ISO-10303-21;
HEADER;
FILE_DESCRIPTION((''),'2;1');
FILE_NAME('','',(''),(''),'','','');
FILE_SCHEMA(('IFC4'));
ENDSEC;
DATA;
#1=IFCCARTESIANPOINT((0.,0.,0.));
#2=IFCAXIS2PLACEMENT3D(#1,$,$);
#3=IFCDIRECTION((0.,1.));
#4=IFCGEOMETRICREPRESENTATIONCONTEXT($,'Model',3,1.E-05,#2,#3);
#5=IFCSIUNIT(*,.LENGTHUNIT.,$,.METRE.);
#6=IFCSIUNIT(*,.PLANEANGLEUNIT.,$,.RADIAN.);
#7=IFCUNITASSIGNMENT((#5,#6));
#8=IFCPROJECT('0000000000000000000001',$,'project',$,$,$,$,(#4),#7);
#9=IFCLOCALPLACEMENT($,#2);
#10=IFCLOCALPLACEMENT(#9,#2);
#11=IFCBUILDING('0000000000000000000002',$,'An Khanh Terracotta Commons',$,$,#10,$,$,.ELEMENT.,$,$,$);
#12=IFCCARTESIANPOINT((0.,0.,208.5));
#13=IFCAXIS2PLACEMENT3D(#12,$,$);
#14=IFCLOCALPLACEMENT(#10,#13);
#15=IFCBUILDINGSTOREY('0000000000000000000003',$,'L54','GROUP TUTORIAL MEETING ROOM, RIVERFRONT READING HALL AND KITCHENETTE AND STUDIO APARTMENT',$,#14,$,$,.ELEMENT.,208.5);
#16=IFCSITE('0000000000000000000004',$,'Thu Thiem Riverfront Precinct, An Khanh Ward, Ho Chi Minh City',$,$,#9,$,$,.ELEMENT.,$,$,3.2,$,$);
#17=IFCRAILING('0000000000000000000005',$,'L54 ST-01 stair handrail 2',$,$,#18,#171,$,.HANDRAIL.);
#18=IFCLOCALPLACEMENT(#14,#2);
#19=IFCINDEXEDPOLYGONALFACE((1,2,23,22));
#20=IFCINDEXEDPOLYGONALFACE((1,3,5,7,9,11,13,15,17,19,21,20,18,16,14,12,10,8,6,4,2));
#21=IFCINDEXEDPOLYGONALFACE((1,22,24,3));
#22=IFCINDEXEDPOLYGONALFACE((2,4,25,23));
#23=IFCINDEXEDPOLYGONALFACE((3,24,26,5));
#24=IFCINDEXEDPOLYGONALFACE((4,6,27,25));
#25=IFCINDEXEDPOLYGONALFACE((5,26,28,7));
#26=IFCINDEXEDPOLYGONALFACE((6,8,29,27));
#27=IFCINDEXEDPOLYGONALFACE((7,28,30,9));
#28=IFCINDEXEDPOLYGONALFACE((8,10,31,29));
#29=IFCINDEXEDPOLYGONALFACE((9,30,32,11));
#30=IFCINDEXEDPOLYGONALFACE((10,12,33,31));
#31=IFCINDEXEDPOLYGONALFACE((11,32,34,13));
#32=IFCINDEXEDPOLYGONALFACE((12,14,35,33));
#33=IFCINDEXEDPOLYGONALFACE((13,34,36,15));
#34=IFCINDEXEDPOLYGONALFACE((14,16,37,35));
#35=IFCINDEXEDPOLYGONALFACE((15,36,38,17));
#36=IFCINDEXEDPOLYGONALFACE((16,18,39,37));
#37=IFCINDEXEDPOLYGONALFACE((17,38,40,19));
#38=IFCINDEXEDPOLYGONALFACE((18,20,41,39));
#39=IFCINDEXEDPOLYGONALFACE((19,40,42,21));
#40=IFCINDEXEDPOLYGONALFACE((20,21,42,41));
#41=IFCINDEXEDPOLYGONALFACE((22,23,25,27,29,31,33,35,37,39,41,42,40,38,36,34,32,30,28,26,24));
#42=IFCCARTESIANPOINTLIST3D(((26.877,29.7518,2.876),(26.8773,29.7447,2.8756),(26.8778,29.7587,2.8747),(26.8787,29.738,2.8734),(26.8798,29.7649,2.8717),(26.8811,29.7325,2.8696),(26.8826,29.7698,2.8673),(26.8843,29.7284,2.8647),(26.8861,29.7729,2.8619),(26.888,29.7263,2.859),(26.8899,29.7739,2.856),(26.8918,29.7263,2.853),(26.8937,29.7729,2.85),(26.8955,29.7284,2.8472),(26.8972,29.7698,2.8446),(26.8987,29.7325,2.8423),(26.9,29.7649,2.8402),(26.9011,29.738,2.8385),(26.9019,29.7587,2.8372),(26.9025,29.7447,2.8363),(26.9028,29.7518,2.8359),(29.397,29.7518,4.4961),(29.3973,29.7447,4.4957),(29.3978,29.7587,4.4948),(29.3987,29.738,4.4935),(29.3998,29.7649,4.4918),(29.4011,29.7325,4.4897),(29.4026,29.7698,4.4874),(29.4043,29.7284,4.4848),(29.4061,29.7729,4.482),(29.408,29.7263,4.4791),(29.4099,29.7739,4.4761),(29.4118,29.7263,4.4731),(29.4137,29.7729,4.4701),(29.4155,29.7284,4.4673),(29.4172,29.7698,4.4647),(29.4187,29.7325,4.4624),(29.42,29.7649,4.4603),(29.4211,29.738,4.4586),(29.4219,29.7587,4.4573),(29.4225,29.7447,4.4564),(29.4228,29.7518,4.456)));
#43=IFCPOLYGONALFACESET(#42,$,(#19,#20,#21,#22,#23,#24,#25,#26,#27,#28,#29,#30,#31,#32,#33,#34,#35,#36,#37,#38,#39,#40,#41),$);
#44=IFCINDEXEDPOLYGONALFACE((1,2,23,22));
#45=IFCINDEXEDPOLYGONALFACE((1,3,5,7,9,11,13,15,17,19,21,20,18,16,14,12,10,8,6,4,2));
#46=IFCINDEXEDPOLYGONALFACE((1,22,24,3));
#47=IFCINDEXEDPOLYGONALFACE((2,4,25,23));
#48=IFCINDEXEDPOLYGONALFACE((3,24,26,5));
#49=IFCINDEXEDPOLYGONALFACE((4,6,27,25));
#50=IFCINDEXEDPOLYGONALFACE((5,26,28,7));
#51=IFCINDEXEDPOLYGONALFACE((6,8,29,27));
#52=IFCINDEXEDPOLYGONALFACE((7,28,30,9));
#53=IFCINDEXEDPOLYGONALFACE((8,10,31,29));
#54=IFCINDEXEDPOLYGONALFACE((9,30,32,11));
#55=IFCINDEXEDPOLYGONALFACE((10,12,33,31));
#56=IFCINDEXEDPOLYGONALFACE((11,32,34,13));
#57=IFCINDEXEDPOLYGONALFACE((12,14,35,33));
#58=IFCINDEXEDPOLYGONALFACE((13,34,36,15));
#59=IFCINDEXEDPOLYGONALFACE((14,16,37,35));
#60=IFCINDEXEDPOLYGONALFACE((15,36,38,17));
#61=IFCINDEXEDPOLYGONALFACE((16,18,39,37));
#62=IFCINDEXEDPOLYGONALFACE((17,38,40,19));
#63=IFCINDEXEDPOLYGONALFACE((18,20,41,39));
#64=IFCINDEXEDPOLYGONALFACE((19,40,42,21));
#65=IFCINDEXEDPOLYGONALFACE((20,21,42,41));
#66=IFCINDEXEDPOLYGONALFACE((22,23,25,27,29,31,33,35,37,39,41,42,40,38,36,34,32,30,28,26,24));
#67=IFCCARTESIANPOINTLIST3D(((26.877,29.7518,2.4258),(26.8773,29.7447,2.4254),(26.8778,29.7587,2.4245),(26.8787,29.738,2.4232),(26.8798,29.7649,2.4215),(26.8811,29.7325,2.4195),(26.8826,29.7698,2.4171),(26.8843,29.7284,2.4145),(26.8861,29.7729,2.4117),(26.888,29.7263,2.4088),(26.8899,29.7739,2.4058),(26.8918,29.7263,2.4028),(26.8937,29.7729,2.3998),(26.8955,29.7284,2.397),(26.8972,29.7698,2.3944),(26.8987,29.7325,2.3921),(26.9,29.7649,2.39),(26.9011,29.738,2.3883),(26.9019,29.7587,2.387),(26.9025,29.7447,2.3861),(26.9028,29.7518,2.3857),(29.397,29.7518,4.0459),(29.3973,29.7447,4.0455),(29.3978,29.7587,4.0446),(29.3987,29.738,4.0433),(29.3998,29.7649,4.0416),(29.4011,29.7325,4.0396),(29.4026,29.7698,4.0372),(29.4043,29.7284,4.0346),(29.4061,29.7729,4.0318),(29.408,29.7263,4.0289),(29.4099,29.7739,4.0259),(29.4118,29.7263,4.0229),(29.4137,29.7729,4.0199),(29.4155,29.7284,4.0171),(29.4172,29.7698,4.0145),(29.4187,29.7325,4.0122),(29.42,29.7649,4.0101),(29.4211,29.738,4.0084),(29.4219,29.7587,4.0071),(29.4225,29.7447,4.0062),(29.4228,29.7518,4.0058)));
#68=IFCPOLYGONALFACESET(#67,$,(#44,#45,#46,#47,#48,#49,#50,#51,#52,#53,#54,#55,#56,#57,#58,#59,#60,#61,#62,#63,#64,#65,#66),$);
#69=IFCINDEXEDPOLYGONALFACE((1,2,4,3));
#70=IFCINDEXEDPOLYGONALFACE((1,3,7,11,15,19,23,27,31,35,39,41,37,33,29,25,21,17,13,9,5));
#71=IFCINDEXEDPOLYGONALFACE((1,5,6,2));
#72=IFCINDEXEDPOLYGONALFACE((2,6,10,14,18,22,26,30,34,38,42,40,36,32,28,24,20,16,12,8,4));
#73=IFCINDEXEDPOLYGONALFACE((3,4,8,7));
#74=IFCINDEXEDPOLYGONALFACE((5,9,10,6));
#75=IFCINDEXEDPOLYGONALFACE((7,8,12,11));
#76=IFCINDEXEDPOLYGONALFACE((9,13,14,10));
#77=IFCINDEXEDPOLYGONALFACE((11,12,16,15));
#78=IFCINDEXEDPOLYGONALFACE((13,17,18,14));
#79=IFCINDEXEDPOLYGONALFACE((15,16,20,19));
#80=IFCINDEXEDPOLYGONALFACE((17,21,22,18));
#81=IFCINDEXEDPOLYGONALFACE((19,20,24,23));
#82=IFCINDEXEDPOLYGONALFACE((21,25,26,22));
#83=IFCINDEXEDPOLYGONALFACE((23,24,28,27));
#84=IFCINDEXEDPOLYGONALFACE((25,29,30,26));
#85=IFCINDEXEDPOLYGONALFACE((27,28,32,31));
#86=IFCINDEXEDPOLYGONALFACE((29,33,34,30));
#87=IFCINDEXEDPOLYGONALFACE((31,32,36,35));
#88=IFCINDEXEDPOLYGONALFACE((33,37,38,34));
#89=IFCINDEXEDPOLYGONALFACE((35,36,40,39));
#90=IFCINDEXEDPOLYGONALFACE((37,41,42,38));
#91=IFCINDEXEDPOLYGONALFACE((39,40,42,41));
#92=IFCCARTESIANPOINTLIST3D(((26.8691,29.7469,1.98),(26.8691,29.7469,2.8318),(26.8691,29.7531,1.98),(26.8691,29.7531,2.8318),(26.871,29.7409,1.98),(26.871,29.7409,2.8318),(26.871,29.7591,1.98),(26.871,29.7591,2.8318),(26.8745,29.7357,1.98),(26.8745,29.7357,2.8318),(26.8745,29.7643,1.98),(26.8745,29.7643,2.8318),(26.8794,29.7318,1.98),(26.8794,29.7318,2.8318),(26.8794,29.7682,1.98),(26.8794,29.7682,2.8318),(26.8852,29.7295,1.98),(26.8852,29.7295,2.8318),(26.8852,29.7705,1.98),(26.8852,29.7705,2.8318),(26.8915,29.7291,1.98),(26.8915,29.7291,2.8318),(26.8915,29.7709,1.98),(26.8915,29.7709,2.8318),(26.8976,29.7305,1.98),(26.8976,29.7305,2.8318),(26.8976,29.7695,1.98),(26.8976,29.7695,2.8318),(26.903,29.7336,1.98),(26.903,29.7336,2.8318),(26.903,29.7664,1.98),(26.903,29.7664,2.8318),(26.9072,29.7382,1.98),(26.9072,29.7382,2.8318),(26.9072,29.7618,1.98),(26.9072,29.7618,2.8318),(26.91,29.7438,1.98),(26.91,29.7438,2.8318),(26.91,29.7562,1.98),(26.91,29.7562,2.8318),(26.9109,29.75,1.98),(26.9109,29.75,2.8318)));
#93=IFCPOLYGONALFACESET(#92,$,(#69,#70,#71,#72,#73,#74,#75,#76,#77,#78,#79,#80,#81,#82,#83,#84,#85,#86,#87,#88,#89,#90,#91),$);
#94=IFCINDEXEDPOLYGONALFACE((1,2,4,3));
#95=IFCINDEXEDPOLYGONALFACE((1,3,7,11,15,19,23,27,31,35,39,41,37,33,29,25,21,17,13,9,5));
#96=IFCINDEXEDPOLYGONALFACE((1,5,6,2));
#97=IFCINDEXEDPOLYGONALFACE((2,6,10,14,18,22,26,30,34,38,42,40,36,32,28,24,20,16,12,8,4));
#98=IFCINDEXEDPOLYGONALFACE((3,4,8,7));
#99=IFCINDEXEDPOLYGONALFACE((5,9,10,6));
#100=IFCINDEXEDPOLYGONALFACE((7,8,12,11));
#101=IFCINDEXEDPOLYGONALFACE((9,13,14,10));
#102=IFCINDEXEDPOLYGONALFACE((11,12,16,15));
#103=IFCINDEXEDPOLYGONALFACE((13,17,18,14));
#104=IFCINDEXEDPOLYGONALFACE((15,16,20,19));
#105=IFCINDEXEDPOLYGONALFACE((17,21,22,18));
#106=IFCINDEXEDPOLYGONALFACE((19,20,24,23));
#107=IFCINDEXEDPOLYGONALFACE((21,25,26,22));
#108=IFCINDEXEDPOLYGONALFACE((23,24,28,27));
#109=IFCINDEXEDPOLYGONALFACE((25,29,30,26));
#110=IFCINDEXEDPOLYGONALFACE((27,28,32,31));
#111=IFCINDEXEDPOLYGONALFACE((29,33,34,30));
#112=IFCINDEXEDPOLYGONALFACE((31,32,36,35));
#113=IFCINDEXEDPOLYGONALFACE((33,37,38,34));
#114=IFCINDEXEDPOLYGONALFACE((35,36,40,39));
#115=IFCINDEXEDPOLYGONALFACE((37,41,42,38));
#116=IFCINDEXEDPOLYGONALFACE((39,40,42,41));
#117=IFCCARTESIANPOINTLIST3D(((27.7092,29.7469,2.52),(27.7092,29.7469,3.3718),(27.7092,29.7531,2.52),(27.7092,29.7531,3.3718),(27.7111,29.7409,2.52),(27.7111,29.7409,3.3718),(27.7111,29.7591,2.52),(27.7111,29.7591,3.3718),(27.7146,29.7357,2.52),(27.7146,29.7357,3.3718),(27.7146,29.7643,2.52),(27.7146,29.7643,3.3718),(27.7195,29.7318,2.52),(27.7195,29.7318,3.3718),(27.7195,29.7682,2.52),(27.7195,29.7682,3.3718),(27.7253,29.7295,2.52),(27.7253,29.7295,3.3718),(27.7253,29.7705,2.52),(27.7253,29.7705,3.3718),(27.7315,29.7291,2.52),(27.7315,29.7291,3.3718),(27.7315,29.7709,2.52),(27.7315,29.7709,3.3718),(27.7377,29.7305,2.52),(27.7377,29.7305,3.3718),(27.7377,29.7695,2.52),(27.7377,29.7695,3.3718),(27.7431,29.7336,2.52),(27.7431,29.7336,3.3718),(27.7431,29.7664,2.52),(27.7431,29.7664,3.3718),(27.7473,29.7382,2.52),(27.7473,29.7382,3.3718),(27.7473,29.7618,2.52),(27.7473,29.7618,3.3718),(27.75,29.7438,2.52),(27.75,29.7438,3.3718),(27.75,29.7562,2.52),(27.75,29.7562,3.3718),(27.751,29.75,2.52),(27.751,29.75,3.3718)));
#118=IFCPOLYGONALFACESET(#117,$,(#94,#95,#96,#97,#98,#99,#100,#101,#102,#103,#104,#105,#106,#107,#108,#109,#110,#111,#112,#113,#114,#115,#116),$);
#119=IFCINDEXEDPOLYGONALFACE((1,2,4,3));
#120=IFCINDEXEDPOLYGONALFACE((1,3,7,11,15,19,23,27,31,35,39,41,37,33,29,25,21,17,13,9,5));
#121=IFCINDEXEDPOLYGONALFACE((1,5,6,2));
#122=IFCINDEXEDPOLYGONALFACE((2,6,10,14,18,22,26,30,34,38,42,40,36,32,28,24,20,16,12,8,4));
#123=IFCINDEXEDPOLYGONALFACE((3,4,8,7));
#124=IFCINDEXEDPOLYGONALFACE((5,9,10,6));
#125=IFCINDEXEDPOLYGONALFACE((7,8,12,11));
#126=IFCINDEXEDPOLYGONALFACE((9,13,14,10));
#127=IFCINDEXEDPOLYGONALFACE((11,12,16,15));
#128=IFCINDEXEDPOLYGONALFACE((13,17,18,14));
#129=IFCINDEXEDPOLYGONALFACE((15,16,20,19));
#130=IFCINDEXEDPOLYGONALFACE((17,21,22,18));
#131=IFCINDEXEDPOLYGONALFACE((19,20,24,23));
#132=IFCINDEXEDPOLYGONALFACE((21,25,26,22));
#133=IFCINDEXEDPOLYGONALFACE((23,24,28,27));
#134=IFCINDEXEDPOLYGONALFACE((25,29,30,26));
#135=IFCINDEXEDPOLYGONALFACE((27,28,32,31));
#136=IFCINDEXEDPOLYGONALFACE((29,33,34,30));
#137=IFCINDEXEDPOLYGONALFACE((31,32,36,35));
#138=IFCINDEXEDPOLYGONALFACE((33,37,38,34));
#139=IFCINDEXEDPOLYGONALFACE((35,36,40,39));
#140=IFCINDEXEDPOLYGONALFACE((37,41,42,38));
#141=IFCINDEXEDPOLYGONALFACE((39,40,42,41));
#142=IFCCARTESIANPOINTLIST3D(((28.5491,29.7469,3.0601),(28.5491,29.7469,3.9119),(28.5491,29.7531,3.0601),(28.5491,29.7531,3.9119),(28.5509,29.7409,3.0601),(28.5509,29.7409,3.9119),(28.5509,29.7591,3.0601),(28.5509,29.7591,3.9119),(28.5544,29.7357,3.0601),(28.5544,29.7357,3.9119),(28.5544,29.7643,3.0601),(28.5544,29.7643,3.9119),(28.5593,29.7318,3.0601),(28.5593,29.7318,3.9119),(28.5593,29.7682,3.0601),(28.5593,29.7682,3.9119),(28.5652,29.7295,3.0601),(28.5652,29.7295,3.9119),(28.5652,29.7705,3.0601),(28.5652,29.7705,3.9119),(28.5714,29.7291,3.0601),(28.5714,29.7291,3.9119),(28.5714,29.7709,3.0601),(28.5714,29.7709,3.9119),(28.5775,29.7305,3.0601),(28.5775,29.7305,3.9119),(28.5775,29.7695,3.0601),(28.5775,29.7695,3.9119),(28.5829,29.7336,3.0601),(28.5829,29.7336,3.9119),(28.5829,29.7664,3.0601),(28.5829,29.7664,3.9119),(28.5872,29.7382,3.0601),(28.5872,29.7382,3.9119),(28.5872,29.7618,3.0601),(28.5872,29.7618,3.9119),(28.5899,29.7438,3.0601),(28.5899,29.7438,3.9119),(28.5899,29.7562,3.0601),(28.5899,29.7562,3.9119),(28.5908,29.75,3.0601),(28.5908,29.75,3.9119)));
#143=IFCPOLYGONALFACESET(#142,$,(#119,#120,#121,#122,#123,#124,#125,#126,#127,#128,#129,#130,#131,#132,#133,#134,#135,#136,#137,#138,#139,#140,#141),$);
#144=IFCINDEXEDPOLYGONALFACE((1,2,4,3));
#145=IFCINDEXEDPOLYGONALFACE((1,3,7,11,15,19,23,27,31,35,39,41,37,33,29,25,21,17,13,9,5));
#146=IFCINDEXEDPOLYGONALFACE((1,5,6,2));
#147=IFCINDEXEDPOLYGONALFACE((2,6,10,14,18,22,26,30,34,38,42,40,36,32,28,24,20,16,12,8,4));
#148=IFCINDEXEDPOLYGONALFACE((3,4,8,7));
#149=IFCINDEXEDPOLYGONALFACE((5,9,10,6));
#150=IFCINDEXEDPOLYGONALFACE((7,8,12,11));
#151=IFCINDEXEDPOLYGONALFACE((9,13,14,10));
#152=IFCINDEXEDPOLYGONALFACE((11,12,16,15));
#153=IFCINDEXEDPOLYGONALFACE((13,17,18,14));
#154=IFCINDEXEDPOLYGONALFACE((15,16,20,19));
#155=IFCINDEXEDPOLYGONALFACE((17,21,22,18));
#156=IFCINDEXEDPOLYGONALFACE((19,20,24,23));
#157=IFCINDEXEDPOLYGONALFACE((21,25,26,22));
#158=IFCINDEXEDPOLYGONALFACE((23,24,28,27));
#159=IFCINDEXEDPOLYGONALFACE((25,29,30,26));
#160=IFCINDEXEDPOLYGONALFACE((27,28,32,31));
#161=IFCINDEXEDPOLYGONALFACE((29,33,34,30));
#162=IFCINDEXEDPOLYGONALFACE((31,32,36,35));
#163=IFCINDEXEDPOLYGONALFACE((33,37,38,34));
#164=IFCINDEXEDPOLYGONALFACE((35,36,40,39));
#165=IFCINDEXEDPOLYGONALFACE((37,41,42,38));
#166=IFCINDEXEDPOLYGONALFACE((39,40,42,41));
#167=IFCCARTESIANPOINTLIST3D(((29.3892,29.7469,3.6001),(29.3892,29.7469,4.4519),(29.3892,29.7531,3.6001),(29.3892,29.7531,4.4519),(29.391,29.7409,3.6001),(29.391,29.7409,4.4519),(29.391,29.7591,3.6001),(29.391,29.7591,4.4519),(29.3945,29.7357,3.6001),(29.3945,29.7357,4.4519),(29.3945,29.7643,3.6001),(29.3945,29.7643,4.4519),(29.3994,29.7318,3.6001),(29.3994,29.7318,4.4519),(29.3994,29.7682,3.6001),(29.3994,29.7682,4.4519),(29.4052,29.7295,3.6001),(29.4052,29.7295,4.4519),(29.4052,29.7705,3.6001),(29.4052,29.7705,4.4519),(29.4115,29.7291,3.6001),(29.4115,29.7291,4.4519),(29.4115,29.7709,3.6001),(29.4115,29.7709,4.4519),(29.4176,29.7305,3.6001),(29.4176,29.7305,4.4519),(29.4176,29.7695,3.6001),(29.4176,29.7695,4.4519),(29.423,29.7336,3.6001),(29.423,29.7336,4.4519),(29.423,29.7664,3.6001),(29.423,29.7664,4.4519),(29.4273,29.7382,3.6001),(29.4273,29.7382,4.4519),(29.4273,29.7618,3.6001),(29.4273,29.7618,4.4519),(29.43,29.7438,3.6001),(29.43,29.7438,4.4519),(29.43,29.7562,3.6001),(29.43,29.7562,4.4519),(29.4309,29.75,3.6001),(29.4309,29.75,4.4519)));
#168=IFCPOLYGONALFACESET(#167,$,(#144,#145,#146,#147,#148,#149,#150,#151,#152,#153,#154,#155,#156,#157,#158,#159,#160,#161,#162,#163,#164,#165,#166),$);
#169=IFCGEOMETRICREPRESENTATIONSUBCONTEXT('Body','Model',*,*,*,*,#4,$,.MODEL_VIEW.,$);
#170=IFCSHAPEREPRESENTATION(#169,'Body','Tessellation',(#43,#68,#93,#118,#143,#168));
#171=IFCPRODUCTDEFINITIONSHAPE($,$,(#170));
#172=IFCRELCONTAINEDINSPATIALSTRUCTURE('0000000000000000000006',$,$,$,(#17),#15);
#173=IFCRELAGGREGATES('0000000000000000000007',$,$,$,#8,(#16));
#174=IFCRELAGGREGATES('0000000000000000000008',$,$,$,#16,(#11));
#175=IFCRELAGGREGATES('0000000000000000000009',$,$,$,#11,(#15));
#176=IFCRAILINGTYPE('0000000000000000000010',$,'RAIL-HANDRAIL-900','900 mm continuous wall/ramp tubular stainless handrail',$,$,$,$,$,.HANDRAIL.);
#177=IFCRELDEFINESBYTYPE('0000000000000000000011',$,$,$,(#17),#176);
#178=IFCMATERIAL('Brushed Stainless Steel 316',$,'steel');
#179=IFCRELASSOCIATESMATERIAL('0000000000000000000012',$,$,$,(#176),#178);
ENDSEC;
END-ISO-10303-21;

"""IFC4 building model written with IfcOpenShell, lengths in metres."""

from ifc_helpers import new_model, si_unit, direction, frame, origin, origin_2d, place, context, subcontext, project, spatial, circle, extrude, material, type_object, element, save


model = new_model("IFC4")

# Units and contexts
model_context = context("Model", 3, precision=1e-05, world=origin(), true_north=direction((0.0, 1.0)))
body_context = subcontext(model_context, "Body", "Model", "MODEL_VIEW")
ifc_project = project(units=[si_unit("LENGTHUNIT", "METRE"), si_unit("PLANEANGLEUNIT", "RADIAN")], contexts=[model_context])

# Site, building, storey
site_placement = place(None, origin())
site = spatial("IfcSite", under=ifc_project, at=site_placement, Name="Thu Thiem Riverfront Precinct, An Khanh Ward, Ho Chi Minh City", CompositionType="ELEMENT", RefElevation=3.2)
building_placement = place(site_placement, origin())
building = spatial("IfcBuilding", under=site, at=building_placement, Name="An Khanh Terracotta Commons", CompositionType="ELEMENT")
storey_placement = place(building_placement, frame((0.0, 0.0, 208.5)))
storey = spatial("IfcBuildingStorey", under=building, at=storey_placement, Name="L54", Description="GROUP TUTORIAL MEETING ROOM, RIVERFRONT READING HALL AND KITCHENETTE AND STUDIO APARTMENT", CompositionType="ELEMENT", Elevation=208.5)

# Railing
ifc_material_1 = material(Name="Brushed Stainless Steel 316", Category="steel")
railing_type_1 = type_object("IfcRailingType", Name="RAIL-HANDRAIL-900", Description="900 mm continuous wall/ramp tubular stainless handrail", PredefinedType="HANDRAIL", material=ifc_material_1)
railing_1_placement = place(storey_placement, frame((26.8899, 29.75, 1.98)))
element("IfcRailing", 1, at=railing_1_placement, inside=storey, type_object=railing_type_1, Name="L54 ST-01 stair handrail 2", PredefinedType="HANDRAIL", context=body_context, shape_type="SweptSolid", body=[
    extrude(circle(Radius=0.0239, at=origin_2d()), frame((0.0, 0.0, 0.876), z_axis=(0.841163, 0.0, 0.540782), x_axis=(0.0, 1.0, 0.0)), (0.0, 0.0, 1.0), 2.9958),
    extrude(circle(Radius=0.0239, at=origin_2d()), frame((0.0, 0.0, 0.4258), z_axis=(0.841163, 0.0, 0.540782), x_axis=(0.0, 1.0, 0.0)), (0.0, 0.0, 1.0), 2.9958),
    extrude(circle(Radius=0.021, at=origin_2d()), origin(), (0.0, 0.0, 1.0), 0.8518),
    extrude(circle(Radius=0.021, at=origin_2d()), frame((0.8401, 0.0, 0.54)), (0.0, 0.0, 1.0), 0.8518),
    extrude(circle(Radius=0.021, at=origin_2d()), frame((1.6799, 0.0, 1.0801)), (0.0, 0.0, 1.0), 0.8518),
    extrude(circle(Radius=0.021, at=origin_2d()), frame((2.52, 0.0, 1.6201)), (0.0, 0.0, 1.0), 0.8518),
])

save(model, "model.ifc")
